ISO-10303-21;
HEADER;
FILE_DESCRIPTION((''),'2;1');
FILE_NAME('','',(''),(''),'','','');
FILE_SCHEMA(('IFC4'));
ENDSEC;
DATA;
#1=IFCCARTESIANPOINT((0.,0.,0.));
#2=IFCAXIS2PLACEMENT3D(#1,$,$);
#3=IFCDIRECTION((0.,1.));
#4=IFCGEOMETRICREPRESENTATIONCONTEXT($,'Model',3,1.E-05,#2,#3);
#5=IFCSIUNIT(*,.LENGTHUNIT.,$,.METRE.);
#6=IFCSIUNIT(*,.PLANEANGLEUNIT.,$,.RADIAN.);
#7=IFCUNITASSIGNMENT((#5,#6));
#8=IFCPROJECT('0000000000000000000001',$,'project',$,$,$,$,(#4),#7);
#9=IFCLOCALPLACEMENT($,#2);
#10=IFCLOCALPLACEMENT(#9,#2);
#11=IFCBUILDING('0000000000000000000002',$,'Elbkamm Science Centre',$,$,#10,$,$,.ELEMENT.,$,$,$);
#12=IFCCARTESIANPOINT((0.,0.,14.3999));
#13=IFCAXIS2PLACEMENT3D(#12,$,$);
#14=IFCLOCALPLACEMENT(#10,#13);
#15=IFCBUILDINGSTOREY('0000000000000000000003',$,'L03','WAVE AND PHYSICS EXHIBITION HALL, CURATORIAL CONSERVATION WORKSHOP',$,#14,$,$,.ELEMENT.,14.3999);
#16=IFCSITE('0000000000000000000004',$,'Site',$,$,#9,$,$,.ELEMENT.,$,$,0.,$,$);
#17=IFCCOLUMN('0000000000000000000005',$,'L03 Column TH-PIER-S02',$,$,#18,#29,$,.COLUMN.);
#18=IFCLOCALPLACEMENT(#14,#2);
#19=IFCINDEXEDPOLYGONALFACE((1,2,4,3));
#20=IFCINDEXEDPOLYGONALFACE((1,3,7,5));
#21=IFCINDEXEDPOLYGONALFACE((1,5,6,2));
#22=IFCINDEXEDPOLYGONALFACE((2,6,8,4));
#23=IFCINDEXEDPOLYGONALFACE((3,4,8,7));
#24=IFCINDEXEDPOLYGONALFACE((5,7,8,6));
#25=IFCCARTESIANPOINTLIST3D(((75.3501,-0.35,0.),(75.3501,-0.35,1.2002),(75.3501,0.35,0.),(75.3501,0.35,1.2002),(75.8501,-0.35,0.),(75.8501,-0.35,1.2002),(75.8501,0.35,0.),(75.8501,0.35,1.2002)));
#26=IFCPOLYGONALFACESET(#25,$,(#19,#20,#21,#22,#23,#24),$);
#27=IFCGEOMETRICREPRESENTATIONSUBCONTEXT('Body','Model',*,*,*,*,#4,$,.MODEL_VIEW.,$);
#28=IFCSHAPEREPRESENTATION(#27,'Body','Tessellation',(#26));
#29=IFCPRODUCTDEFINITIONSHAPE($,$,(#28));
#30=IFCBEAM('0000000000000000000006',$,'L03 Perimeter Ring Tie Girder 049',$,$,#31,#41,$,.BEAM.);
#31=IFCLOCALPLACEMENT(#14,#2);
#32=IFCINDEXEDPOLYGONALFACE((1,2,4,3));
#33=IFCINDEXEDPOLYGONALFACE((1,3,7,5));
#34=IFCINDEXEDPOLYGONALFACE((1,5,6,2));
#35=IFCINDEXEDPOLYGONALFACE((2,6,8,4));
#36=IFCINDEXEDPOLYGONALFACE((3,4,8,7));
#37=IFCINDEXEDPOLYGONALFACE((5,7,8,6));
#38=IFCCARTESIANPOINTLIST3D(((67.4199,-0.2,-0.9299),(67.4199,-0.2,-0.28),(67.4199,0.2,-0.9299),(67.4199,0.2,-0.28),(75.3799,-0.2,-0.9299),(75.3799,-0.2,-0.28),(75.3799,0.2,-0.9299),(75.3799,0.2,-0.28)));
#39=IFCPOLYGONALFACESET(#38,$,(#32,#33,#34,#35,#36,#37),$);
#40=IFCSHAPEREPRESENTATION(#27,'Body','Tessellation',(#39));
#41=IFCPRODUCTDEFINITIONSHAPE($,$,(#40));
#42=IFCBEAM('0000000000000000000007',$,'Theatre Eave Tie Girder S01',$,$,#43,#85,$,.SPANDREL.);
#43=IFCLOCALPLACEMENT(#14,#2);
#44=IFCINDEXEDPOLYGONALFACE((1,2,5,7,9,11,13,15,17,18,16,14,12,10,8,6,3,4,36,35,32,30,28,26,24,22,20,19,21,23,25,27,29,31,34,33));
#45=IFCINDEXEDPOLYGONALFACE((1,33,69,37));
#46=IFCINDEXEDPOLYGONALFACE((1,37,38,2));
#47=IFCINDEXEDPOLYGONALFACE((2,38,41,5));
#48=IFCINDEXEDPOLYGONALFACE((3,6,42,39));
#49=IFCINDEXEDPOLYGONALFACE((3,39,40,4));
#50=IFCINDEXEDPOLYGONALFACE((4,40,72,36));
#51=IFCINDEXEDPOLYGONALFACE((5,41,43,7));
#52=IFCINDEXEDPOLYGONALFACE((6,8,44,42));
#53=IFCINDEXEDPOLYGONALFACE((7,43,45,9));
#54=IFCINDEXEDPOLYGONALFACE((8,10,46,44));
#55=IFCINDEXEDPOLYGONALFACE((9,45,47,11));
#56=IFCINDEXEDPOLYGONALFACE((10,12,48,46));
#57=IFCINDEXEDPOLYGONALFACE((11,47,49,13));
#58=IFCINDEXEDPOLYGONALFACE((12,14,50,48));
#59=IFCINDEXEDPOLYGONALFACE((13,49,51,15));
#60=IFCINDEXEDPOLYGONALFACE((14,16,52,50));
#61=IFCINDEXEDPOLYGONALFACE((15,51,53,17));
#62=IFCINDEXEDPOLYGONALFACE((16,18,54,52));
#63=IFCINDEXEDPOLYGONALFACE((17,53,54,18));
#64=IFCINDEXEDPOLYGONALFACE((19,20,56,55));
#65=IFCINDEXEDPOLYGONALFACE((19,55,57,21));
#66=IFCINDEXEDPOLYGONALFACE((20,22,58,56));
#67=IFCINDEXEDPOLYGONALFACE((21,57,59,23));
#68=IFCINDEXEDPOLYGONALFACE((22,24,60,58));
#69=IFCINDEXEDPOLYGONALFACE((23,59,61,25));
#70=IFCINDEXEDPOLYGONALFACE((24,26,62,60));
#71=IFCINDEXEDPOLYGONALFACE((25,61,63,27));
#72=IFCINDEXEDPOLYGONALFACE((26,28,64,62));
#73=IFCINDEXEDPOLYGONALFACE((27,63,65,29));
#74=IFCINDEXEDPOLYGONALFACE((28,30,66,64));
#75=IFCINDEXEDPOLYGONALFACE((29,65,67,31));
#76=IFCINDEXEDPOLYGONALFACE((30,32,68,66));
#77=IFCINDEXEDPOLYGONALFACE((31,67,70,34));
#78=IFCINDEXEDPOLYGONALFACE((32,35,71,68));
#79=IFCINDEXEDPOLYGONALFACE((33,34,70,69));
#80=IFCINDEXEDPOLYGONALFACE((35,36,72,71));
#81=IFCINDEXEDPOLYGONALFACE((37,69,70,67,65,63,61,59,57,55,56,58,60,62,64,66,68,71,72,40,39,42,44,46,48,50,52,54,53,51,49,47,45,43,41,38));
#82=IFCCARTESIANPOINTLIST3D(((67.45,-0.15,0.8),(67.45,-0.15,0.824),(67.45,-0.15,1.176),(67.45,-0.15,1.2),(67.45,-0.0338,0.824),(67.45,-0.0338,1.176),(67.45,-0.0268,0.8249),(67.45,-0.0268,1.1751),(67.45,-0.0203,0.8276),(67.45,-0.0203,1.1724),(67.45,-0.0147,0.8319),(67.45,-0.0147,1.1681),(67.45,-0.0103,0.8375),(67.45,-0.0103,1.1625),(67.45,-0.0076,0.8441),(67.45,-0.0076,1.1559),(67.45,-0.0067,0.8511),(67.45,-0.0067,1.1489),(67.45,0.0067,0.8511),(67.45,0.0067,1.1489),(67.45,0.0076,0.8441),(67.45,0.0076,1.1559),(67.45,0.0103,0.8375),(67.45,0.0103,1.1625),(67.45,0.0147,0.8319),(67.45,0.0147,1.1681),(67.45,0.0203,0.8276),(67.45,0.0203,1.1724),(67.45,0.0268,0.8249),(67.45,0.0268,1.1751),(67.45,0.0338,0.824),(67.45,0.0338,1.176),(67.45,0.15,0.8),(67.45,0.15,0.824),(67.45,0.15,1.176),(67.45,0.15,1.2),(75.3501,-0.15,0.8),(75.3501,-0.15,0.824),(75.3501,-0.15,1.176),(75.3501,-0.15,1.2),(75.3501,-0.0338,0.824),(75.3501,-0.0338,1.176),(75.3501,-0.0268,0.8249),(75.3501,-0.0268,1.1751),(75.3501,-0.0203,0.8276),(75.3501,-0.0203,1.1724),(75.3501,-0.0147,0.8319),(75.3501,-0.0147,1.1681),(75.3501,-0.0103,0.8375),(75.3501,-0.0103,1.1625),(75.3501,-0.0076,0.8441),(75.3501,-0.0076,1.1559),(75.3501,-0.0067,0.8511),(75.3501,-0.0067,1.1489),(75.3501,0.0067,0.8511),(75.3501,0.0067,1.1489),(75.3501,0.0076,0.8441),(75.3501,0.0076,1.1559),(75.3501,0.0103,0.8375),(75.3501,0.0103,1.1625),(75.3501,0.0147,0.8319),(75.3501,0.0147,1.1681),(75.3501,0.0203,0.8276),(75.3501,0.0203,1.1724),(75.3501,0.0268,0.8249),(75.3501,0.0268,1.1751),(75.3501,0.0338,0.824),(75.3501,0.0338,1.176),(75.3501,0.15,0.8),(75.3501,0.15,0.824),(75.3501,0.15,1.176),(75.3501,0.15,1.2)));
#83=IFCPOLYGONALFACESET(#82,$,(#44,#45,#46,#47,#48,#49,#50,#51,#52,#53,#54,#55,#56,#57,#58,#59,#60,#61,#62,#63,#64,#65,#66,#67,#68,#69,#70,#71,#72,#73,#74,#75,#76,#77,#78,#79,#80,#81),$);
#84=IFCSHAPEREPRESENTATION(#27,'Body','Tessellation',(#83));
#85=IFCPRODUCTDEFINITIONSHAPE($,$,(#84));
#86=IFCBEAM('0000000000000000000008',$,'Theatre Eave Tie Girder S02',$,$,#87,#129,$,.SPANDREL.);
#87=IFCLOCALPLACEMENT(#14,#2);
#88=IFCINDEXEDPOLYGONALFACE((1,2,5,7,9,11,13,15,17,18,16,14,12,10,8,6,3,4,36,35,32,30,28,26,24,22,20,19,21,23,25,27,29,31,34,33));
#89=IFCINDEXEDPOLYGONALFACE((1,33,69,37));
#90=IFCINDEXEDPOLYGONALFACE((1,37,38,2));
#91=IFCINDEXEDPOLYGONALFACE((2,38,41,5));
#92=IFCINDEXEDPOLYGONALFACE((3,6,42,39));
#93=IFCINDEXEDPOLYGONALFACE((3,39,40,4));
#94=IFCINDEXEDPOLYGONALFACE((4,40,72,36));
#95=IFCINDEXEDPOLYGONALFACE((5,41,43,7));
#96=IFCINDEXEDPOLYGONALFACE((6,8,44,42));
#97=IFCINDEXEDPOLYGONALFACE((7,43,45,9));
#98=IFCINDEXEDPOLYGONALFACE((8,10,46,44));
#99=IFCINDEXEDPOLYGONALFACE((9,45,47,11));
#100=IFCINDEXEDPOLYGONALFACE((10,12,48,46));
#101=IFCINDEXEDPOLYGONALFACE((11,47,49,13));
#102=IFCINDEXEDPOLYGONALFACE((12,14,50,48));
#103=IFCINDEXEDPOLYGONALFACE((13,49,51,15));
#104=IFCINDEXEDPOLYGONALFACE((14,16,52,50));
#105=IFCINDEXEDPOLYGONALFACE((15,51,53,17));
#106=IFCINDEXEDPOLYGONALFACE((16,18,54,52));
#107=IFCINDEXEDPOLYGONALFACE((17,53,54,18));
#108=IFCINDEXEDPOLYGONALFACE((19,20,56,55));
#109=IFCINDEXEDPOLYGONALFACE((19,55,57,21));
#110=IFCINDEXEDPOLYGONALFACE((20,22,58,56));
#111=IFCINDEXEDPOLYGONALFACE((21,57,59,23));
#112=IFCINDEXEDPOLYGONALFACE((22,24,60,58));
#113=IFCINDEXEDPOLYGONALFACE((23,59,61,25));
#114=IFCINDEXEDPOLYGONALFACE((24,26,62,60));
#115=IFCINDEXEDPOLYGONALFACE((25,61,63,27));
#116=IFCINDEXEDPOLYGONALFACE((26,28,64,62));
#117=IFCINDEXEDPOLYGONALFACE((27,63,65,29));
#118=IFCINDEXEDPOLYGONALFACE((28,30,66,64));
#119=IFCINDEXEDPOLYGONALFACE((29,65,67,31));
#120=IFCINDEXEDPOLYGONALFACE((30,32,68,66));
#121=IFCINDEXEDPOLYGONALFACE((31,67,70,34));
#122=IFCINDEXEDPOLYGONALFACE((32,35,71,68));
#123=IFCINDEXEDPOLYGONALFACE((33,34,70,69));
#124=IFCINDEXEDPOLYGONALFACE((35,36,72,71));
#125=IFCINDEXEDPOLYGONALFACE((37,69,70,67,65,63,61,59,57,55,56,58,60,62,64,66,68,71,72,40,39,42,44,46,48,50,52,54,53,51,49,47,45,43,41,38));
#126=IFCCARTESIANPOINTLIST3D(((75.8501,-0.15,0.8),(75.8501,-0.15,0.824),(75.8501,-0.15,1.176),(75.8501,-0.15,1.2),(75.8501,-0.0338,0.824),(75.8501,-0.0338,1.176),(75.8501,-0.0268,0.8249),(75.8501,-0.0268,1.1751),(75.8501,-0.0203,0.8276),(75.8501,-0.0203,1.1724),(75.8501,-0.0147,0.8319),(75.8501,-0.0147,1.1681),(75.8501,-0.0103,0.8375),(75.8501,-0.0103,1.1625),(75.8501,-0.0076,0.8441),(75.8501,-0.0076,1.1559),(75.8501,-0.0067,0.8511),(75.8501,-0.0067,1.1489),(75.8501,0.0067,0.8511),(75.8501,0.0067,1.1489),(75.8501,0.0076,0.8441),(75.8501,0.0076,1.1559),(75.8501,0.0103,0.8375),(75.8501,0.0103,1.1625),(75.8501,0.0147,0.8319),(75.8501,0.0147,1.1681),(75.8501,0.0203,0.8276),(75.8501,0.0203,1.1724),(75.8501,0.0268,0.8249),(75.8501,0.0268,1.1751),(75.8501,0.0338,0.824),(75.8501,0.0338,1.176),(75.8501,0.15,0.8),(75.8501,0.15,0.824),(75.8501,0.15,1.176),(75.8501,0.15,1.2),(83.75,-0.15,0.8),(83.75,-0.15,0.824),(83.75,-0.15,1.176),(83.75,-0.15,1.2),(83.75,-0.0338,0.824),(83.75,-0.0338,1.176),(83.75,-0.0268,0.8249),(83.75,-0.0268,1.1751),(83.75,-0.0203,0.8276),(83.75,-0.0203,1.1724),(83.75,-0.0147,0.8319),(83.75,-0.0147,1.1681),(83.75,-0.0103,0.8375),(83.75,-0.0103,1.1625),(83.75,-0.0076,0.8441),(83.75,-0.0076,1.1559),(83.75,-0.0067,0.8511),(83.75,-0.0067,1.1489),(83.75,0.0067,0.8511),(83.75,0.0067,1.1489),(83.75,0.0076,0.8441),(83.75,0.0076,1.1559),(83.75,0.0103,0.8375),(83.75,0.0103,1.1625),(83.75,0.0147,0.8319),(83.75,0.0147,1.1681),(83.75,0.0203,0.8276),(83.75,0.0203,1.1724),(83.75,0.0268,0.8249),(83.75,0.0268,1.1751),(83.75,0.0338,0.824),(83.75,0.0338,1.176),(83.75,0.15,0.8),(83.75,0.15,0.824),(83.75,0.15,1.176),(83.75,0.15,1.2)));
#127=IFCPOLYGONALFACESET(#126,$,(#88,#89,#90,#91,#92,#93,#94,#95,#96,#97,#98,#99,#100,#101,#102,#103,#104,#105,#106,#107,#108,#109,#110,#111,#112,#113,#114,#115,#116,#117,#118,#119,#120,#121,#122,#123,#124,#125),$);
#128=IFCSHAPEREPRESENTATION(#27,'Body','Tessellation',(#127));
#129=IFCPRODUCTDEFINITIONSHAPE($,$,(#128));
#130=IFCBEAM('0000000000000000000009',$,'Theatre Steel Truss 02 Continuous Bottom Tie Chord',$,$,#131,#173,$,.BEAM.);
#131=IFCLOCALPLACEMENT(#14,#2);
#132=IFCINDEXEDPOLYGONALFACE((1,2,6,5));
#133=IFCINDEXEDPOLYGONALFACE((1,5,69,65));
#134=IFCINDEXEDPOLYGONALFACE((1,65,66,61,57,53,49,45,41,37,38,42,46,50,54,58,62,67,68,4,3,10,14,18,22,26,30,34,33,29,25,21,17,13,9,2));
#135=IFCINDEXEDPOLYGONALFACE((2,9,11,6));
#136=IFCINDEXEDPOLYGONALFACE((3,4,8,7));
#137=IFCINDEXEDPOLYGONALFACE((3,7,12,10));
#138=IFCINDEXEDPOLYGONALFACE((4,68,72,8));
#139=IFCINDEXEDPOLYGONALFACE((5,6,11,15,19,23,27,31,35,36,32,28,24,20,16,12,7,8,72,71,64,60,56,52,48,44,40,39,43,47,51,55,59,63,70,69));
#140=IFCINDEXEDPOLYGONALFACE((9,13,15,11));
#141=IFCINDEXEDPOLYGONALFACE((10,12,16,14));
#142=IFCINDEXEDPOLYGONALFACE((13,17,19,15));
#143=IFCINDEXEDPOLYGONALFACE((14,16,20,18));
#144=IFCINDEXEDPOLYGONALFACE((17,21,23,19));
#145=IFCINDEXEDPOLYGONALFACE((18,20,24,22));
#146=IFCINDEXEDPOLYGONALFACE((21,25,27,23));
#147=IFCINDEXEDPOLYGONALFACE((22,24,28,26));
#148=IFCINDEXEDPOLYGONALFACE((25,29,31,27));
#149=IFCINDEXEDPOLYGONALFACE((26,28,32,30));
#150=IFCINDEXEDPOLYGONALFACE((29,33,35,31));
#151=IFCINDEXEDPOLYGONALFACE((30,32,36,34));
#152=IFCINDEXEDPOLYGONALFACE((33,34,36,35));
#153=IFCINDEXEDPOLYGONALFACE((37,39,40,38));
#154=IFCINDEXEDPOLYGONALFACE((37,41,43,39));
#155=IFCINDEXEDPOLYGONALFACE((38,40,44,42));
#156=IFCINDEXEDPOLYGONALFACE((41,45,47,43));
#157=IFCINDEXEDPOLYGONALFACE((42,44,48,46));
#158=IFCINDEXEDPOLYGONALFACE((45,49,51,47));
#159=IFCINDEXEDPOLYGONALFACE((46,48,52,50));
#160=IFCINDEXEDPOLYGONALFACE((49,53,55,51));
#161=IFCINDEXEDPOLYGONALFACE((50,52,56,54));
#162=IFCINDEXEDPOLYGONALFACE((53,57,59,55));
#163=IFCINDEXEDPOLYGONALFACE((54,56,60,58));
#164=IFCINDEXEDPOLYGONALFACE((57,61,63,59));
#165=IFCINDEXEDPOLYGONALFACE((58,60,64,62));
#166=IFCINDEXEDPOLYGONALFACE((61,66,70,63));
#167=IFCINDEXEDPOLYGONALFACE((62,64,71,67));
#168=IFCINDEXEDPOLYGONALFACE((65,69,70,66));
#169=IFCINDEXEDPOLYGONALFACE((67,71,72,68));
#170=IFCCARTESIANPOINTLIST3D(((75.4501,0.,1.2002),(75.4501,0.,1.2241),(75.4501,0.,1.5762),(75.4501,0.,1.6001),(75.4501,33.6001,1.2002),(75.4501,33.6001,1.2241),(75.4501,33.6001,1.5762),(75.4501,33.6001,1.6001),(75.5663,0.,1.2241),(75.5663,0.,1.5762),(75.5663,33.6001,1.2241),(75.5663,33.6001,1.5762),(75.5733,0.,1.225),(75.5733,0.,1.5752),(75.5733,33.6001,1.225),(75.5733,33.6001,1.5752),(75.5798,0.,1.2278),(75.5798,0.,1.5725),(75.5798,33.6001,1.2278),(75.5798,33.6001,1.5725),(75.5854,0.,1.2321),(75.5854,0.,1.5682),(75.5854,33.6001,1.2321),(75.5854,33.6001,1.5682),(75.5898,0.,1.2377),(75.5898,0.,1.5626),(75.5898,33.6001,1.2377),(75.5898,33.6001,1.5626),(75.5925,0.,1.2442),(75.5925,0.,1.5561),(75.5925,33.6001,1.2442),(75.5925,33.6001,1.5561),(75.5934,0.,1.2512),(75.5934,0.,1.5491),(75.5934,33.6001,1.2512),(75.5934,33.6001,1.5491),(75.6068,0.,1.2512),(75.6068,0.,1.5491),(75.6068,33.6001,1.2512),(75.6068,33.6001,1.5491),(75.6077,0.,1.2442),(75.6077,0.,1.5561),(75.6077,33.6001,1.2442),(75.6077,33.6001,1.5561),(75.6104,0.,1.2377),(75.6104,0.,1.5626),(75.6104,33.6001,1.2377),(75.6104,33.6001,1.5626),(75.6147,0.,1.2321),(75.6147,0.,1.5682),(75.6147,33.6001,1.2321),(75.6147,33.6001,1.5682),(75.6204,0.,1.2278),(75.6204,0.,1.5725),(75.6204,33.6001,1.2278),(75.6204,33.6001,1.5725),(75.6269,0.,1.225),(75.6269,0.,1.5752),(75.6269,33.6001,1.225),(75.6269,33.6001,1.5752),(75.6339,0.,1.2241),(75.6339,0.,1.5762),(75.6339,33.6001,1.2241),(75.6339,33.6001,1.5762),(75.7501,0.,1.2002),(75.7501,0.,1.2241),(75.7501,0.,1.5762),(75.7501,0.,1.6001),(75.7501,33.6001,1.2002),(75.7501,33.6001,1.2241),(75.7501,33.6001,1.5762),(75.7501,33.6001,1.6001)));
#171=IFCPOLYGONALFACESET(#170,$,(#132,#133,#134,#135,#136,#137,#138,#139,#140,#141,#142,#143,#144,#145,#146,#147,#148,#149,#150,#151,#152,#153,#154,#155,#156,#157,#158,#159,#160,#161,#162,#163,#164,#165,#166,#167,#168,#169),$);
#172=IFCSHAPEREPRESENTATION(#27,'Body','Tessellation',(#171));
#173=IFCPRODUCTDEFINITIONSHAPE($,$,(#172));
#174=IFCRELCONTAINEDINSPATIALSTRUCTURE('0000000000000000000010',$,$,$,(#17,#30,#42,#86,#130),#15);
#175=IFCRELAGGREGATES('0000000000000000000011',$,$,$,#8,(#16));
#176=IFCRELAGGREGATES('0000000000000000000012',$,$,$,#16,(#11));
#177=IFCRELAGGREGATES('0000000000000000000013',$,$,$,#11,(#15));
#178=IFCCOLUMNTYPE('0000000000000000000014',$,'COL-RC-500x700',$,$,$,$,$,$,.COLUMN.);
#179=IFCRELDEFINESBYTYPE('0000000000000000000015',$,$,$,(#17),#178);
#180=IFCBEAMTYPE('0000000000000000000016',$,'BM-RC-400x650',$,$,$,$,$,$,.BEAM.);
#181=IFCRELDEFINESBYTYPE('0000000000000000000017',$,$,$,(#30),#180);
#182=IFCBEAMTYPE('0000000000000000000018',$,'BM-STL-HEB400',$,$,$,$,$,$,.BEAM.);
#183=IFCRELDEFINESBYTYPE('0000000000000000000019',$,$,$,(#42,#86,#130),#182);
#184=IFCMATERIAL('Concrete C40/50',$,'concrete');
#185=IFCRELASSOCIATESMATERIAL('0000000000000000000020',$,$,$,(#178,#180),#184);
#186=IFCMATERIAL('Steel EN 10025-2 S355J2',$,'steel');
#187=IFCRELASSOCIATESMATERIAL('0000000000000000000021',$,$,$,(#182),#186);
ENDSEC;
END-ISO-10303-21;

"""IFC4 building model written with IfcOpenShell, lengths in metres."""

from ifc_helpers import new_model, si_unit, direction, frame, origin, origin_2d, place, context, subcontext, project, spatial, rectangle, i_section, extrude, material, material_profile, profile_set, type_object, element, save


model = new_model("IFC4")

# Units and contexts
model_context = context("Model", 3, precision=1e-05, world=origin(), true_north=direction((0.0, 1.0)))
body_context = subcontext(model_context, "Body", "Model", "MODEL_VIEW")
ifc_project = project(units=[si_unit("LENGTHUNIT", "METRE"), si_unit("PLANEANGLEUNIT", "RADIAN")], contexts=[model_context])

# Site, building, storey
site_placement = place(None, origin())
site = spatial("IfcSite", under=ifc_project, at=site_placement, Name="Site", CompositionType="ELEMENT", RefElevation=0.0)
building_placement = place(site_placement, origin())
building = spatial("IfcBuilding", under=site, at=building_placement, Name="Elbkamm Science Centre", CompositionType="ELEMENT")
storey_placement = place(building_placement, frame((0.0, 0.0, 14.3999)))
storey = spatial("IfcBuildingStorey", under=building, at=storey_placement, Name="L03", Description="WAVE AND PHYSICS EXHIBITION HALL, CURATORIAL CONSERVATION WORKSHOP", CompositionType="ELEMENT", Elevation=14.3999)

# Column
ifc_material_1 = material(Name="Concrete C40/50", Category="concrete")
ifc_material_profile_1 = material_profile(ifc_material_1, rectangle(XDim=0.5, YDim=0.7, at=origin_2d()), Name="RC 500x700")
ifc_profile_set_1 = profile_set([ifc_material_profile_1], Name="Concrete C40/50")
column_type = type_object("IfcColumnType", Name="COL-RC-500x700", PredefinedType="COLUMN", material=ifc_profile_set_1)
column_placement = place(storey_placement, frame((75.6001, 0.0, 0.0), z_axis=(0.0, 0.0, 1.0), x_axis=(1.0, 0.0, 0.0)))
element("IfcColumn", 1, at=column_placement, inside=storey, type_object=column_type, Name="L03 Column TH-PIER-S02", PredefinedType="COLUMN", context=body_context, shape_type="SweptSolid", body=[
    extrude(rectangle(XDim=0.5, YDim=0.7, at=origin_2d()), origin(), (0.0, 0.0, 1.0), 1.2002),
])

# Beams
ifc_material_profile_2 = material_profile(ifc_material_1, rectangle(XDim=0.3999, YDim=0.6499, at=origin_2d()), Name="RC 400x650")
ifc_profile_set_2 = profile_set([ifc_material_profile_2], Name="Concrete C40/50")
beam_type_1 = type_object("IfcBeamType", Name="BM-RC-400x650", PredefinedType="BEAM", material=ifc_profile_set_2)
beam_1_placement = place(storey_placement, frame((67.4199, 0.0, -0.605), z_axis=(1.0, 0.0, 0.0), x_axis=(0.0, 1.0, 0.0)))
element("IfcBeam", 2, at=beam_1_placement, inside=storey, type_object=beam_type_1, Name="L03 Perimeter Ring Tie Girder 049", PredefinedType="BEAM", context=body_context, shape_type="SweptSolid", body=[
    extrude(rectangle(XDim=0.3999, YDim=0.6499, at=origin_2d()), origin(), (0.0, 0.0, 1.0), 7.96),
])
ifc_material_2 = material(Name="Steel EN 10025-2 S355J2", Category="steel")
ifc_material_profile_3 = material_profile(ifc_material_2, i_section(OverallWidth=0.3, OverallDepth=0.3999, WebThickness=0.0134, FlangeThickness=0.0239, FilletRadius=0.0271, at=origin_2d()), Name="HEB 400")
ifc_profile_set_3 = profile_set([ifc_material_profile_3], Name="Steel EN 10025-2 S355J2")
beam_type_2 = type_object("IfcBeamType", Name="BM-STL-HEB400", PredefinedType="BEAM", material=ifc_profile_set_3)
beam_2_placement = place(storey_placement, frame((67.45, 0.0, 1.0), z_axis=(1.0, 0.0, 0.0), x_axis=(0.0, 1.0, 0.0)))
element("IfcBeam", 3, at=beam_2_placement, inside=storey, type_object=beam_type_2, Name="Theatre Eave Tie Girder S01", PredefinedType="SPANDREL", context=body_context, shape_type="SweptSolid", body=[
    extrude(i_section(OverallWidth=0.3, OverallDepth=0.3999, WebThickness=0.0134, FlangeThickness=0.0239, FilletRadius=0.0271, at=origin_2d()), origin(), (0.0, 0.0, 1.0), 7.9001),
])
beam_3_placement = place(storey_placement, frame((75.8501, 0.0, 1.0), z_axis=(1.0, 0.0, 0.0), x_axis=(0.0, 1.0, 0.0)))
element("IfcBeam", 4, at=beam_3_placement, inside=storey, type_object=beam_type_2, Name="Theatre Eave Tie Girder S02", PredefinedType="SPANDREL", context=body_context, shape_type="SweptSolid", body=[
    extrude(i_section(OverallWidth=0.3, OverallDepth=0.3999, WebThickness=0.0134, FlangeThickness=0.0239, FilletRadius=0.0271, at=origin_2d()), origin(), (0.0, 0.0, 1.0), 7.8999),
])
beam_4_placement = place(storey_placement, frame((75.6001, 0.0, 1.4001), z_axis=(0.0, 1.0, 0.0), x_axis=(-1.0, 0.0, 0.0)))
element("IfcBeam", 5, at=beam_4_placement, inside=storey, type_object=beam_type_2, Name="Theatre Steel Truss 02 Continuous Bottom Tie Chord", PredefinedType="BEAM", context=body_context, shape_type="SweptSolid", body=[
    extrude(i_section(OverallWidth=0.3, OverallDepth=0.3999, WebThickness=0.0134, FlangeThickness=0.0239, FilletRadius=0.0271, at=origin_2d()), origin(), (0.0, 0.0, 1.0), 33.6001),
])

save(model, "model.ifc")
